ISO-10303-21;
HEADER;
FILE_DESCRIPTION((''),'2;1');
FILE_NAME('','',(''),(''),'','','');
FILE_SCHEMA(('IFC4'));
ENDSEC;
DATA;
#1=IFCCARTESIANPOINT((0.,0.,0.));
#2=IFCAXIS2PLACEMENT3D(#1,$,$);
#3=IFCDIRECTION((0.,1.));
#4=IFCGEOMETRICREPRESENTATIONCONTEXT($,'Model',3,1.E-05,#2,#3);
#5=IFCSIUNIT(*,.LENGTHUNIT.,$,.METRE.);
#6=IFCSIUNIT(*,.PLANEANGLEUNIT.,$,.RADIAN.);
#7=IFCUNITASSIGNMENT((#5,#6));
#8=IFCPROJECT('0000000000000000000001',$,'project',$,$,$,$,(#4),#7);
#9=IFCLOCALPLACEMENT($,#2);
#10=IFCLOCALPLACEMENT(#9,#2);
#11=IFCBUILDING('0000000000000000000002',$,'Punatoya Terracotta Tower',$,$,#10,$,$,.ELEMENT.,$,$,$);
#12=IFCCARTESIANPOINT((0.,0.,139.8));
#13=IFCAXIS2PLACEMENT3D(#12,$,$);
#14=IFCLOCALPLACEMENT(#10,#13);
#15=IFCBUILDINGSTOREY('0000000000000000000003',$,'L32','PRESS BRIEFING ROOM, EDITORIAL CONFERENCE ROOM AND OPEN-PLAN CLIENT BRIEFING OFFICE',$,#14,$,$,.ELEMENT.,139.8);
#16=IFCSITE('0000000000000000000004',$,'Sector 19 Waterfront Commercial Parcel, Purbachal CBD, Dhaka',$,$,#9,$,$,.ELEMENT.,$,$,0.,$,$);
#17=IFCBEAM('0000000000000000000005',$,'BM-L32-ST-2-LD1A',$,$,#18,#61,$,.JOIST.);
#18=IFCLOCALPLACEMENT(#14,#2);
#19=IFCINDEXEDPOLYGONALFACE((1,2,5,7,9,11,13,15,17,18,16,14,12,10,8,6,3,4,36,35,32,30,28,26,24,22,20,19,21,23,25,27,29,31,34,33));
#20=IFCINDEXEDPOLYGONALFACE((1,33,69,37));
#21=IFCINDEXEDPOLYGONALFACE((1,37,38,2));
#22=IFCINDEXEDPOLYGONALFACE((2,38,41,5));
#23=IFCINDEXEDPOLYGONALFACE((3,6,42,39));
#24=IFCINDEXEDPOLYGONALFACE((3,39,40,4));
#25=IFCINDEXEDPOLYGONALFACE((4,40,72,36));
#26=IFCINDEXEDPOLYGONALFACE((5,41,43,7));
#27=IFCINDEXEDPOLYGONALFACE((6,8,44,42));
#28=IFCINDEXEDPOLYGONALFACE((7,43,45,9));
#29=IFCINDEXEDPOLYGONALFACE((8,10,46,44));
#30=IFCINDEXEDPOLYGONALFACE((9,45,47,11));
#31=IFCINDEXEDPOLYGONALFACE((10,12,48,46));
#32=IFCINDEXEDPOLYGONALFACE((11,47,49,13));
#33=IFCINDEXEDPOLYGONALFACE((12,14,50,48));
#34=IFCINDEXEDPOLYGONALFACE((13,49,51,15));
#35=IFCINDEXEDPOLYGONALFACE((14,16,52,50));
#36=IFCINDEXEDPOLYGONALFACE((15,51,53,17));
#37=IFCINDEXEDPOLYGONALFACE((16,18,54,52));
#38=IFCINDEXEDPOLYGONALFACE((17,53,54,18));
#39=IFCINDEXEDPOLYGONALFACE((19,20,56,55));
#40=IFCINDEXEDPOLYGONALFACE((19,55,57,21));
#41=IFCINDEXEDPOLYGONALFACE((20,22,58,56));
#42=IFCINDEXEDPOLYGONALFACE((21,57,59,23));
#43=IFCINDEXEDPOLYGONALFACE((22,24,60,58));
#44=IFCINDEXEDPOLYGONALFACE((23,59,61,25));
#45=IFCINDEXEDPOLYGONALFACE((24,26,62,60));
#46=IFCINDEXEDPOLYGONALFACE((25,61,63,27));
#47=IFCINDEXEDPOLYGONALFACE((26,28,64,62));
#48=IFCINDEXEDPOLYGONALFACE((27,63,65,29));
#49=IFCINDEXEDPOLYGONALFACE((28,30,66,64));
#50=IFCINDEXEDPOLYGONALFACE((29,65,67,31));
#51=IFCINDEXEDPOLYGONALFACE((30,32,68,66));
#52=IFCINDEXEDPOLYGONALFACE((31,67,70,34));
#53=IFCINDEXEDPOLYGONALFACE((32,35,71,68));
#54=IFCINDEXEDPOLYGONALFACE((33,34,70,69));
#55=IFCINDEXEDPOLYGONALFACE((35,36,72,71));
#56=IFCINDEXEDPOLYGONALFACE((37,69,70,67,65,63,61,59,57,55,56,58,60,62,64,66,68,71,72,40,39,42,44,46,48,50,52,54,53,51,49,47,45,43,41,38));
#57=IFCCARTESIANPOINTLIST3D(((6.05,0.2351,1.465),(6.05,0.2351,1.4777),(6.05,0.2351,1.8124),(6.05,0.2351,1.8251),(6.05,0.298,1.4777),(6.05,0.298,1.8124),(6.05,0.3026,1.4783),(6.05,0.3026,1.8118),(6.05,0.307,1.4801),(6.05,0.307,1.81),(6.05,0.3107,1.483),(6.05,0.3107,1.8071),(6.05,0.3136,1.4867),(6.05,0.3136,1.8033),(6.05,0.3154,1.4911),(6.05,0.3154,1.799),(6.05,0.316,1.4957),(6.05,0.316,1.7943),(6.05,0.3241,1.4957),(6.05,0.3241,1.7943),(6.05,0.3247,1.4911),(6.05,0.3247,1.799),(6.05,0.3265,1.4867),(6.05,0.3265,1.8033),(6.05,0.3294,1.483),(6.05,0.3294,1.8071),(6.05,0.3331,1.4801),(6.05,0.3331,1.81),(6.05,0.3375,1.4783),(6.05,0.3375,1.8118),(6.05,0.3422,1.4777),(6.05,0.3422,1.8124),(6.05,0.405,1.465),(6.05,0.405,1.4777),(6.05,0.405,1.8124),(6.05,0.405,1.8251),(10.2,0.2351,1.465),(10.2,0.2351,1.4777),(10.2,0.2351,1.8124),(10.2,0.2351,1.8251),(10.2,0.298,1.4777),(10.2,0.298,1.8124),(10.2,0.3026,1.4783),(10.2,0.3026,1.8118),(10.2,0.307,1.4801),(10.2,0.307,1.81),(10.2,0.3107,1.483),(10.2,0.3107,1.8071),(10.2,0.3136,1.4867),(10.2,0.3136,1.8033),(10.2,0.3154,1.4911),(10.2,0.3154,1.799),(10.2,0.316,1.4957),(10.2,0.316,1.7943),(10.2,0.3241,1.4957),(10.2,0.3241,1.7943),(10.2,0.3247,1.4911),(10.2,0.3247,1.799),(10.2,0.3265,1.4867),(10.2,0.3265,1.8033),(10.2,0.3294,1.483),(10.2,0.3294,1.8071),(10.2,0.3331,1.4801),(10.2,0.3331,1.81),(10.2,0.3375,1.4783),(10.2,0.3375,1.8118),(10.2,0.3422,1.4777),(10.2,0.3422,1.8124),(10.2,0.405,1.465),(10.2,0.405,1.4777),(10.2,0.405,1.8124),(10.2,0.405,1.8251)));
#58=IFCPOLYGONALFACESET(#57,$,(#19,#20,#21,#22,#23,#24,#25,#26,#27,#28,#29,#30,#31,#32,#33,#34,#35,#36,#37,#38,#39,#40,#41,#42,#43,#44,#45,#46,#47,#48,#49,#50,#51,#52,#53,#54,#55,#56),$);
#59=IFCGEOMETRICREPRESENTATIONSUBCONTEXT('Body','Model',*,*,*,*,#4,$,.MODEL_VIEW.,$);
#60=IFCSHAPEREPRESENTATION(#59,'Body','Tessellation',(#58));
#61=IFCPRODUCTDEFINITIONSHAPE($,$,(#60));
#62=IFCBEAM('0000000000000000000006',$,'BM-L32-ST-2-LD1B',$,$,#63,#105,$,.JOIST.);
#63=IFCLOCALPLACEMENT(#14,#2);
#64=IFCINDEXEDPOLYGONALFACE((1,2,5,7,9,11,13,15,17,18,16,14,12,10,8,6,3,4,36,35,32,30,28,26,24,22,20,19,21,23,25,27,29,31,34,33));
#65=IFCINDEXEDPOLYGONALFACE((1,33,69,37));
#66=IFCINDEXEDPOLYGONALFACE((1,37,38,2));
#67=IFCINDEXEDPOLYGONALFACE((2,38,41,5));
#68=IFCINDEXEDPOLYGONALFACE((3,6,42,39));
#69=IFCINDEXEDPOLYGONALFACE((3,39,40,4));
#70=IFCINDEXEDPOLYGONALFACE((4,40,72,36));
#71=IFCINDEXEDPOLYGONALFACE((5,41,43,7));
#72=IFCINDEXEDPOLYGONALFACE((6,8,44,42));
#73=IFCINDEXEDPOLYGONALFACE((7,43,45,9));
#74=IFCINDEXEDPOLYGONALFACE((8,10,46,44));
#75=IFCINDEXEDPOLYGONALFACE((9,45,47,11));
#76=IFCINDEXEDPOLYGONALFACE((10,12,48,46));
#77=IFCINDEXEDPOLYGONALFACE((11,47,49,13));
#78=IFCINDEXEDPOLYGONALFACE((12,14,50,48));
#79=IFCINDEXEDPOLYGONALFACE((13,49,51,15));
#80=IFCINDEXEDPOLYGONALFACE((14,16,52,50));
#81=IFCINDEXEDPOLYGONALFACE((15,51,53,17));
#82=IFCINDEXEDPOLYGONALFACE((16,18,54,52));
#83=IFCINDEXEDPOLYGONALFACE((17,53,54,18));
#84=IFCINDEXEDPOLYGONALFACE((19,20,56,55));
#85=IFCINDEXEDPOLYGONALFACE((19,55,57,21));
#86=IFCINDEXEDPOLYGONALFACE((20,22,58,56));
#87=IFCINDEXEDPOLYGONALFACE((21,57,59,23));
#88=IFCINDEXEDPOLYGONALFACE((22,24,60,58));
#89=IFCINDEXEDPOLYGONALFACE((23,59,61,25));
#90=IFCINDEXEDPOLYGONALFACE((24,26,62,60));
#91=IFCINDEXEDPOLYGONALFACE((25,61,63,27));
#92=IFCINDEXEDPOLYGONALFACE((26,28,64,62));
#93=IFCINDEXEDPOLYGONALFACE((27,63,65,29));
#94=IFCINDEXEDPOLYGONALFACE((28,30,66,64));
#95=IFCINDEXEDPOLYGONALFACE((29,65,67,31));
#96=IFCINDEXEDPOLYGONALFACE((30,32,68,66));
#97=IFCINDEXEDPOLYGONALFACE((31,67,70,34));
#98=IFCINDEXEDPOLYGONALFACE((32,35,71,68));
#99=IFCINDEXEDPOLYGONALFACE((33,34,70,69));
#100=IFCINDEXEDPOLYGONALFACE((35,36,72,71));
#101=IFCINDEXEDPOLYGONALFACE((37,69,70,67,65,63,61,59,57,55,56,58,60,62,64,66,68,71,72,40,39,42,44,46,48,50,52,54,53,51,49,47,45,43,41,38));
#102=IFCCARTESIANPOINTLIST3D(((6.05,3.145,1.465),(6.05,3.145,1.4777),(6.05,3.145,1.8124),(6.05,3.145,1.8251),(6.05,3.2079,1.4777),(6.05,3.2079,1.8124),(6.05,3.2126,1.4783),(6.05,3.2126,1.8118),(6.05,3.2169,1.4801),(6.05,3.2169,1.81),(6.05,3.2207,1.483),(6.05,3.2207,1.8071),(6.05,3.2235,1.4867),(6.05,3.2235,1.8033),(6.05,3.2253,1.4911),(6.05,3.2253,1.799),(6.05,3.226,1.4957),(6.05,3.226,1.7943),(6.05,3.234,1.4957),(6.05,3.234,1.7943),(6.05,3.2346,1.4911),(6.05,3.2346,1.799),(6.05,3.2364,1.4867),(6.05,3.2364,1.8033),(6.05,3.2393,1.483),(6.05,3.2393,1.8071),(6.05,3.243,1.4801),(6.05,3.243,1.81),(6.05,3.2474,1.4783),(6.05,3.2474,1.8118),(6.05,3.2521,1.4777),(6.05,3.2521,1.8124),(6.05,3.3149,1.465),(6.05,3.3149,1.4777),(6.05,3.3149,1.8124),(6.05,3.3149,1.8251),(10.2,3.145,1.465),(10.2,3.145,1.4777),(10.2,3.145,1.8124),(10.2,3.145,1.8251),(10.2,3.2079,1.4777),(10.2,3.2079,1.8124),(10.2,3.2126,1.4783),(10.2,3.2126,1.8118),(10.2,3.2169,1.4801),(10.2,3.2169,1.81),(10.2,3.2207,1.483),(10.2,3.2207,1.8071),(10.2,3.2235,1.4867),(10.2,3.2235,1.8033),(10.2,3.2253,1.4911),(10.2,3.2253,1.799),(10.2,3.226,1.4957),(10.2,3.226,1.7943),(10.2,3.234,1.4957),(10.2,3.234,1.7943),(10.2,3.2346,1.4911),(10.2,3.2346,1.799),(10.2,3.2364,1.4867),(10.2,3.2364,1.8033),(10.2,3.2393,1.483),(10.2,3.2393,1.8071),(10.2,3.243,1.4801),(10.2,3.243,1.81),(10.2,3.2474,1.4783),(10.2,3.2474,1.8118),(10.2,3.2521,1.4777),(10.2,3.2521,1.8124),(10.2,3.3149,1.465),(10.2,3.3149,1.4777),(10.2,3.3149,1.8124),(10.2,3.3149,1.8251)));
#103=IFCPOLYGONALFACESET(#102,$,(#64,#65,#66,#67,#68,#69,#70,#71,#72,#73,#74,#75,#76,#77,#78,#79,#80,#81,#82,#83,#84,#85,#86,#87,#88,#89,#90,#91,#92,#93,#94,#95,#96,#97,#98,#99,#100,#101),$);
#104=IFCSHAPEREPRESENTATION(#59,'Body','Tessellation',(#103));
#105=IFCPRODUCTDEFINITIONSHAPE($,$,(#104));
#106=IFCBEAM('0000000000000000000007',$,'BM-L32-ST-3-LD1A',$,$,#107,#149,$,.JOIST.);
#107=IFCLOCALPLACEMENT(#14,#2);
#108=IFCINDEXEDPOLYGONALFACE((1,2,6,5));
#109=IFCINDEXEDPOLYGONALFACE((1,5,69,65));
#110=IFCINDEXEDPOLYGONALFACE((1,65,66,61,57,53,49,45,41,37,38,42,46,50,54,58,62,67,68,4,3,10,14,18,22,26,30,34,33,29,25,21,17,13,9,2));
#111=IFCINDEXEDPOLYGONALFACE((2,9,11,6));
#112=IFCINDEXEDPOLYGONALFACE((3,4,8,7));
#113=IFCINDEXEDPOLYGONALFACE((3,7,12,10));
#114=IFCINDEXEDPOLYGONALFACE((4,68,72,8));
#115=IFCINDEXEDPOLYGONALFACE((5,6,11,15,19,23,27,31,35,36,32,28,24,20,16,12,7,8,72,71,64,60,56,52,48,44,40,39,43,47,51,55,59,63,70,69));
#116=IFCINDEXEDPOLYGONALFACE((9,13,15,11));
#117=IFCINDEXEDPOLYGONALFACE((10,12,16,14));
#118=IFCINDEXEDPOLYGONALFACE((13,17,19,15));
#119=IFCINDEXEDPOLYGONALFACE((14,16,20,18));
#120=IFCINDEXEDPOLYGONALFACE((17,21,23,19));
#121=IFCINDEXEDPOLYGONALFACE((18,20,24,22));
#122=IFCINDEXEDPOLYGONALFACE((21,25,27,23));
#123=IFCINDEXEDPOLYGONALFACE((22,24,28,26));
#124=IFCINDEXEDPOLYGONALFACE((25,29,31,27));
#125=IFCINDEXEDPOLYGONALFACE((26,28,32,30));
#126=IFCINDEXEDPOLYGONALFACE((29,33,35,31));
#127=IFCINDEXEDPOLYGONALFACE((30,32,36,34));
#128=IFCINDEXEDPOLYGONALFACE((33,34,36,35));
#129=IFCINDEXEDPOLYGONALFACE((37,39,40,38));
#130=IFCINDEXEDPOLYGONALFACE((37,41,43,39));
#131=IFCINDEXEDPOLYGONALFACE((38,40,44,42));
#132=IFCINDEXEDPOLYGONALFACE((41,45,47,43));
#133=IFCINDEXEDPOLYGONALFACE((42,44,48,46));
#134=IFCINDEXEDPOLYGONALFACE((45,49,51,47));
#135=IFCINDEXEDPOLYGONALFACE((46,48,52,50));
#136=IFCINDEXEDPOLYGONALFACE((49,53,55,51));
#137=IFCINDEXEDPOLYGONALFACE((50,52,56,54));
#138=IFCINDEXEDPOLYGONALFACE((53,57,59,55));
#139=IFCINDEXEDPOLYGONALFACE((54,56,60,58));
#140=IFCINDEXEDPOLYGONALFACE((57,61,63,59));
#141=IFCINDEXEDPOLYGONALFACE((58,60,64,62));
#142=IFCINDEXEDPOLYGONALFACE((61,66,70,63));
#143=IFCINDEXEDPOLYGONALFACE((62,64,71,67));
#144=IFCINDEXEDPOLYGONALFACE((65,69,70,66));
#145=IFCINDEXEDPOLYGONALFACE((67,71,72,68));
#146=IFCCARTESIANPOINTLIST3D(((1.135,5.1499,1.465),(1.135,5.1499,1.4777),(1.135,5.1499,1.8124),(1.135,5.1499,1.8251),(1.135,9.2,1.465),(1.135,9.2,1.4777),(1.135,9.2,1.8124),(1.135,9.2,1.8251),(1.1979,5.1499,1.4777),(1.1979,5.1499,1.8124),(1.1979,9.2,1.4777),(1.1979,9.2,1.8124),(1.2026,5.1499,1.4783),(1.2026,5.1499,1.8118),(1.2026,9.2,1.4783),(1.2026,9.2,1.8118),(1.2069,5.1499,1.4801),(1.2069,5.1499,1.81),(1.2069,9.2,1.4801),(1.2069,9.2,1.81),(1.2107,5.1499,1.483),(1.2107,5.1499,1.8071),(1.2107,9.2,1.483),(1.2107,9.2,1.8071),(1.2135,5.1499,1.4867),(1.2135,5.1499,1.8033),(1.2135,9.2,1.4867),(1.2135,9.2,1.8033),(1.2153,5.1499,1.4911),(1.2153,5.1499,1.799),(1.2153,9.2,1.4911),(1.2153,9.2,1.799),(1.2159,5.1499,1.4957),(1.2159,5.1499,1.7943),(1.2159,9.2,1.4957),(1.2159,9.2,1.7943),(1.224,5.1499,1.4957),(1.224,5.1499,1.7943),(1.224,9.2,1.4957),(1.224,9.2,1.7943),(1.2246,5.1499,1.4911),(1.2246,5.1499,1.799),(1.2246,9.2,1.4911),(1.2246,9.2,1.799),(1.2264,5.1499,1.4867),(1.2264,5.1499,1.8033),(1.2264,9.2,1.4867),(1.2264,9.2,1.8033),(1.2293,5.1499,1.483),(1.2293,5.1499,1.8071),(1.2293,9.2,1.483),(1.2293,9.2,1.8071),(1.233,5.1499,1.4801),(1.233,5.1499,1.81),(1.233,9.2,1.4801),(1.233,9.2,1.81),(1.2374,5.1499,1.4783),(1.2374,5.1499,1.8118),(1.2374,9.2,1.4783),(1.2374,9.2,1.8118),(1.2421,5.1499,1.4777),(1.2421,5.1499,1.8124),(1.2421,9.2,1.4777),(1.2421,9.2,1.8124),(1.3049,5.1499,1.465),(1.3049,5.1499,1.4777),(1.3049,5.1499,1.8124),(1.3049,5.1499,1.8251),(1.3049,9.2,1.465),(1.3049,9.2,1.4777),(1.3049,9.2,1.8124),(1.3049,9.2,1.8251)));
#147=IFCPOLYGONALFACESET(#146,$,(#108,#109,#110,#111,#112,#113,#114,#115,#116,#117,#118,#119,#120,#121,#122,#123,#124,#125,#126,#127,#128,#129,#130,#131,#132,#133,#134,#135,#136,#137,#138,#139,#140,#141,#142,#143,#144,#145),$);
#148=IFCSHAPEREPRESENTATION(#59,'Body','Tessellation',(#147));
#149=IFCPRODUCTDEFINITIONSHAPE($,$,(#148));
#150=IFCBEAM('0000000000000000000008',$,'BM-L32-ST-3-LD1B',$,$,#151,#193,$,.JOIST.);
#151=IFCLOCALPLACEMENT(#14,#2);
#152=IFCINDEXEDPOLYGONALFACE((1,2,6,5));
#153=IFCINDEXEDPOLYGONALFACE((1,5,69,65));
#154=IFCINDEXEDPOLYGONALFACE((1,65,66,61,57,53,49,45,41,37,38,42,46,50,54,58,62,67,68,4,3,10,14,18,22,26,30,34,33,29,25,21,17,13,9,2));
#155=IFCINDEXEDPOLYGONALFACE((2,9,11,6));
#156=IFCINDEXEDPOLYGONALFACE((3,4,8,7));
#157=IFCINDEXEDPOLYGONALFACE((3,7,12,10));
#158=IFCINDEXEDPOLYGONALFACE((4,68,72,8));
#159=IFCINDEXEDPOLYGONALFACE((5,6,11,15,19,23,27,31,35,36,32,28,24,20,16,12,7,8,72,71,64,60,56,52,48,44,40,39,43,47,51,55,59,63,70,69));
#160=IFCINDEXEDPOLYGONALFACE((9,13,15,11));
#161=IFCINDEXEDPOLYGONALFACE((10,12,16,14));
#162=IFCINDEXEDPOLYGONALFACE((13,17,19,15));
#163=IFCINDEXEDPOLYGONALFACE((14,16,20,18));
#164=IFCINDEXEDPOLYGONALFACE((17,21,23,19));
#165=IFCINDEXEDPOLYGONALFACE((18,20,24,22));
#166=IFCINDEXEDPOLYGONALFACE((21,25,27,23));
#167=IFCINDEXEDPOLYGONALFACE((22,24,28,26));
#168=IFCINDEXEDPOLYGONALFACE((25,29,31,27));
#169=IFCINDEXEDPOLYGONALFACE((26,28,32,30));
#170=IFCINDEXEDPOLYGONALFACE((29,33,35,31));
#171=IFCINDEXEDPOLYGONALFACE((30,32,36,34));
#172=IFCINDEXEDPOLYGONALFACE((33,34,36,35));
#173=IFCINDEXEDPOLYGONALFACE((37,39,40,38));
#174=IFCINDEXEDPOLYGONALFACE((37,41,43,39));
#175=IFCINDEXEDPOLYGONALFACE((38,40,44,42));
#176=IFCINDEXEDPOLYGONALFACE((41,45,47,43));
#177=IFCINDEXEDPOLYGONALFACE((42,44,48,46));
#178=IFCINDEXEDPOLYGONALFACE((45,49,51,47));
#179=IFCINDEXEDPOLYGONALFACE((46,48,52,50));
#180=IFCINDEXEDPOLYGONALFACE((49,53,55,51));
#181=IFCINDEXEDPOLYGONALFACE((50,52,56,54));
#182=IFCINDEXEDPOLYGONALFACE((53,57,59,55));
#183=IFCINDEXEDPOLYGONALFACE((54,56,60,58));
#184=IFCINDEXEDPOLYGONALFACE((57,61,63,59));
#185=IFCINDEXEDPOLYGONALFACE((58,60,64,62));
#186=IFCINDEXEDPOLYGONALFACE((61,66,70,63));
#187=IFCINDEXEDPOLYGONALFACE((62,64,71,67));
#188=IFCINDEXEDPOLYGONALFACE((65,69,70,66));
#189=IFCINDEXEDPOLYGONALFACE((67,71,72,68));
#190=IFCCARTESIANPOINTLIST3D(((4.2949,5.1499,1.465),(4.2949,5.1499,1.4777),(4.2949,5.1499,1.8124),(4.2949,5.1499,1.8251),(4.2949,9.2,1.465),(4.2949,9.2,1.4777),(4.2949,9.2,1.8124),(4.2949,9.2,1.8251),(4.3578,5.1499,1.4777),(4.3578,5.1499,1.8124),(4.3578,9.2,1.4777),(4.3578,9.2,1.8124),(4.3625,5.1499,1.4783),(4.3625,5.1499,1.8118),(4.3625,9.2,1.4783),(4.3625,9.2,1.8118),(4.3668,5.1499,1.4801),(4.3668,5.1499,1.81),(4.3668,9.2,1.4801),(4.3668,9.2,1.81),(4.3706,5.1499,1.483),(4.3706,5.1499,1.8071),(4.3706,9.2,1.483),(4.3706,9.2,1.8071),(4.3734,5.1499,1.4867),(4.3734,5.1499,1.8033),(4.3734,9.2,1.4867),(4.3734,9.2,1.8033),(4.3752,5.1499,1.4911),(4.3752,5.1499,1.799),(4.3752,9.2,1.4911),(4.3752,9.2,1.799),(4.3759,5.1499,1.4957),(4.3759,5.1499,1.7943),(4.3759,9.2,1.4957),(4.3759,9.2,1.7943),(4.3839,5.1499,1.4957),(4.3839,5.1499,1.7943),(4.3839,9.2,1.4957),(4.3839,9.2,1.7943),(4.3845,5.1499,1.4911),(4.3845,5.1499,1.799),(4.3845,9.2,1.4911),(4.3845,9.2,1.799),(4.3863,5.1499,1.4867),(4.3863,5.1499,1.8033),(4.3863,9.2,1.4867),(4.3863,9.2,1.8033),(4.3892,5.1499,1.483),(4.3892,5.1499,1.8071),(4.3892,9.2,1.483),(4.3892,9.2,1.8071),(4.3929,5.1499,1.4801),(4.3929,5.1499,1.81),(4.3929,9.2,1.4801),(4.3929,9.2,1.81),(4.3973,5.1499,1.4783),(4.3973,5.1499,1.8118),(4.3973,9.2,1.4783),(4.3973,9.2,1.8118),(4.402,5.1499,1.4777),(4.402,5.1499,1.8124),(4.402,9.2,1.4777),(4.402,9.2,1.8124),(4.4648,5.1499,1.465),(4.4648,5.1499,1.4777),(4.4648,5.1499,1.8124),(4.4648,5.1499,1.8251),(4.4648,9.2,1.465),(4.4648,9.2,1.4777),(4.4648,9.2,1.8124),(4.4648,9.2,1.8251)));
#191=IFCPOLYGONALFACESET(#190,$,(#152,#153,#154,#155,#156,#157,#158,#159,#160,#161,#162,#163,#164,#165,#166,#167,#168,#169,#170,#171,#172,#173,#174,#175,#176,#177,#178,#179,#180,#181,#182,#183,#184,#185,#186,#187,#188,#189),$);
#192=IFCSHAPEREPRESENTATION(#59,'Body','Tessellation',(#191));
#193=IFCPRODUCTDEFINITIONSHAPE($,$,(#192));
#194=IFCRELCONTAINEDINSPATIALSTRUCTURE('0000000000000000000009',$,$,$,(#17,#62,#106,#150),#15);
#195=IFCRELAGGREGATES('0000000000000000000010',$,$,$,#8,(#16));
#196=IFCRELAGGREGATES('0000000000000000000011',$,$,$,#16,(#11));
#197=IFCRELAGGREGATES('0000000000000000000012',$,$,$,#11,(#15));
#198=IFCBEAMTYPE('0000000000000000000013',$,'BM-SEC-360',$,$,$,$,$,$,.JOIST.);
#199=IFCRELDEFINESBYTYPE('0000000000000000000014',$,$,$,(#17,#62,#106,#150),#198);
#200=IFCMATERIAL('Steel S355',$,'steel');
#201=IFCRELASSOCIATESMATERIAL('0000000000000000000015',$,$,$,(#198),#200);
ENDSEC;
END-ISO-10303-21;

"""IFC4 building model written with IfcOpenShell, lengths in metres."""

from ifc_helpers import new_model, si_unit, direction, frame, origin, origin_2d, place, context, subcontext, project, spatial, i_section, extrude, material, material_profile, profile_set, type_object, element, save


model = new_model("IFC4")

# Units and contexts
model_context = context("Model", 3, precision=1e-05, world=origin(), true_north=direction((0.0, 1.0)))
body_context = subcontext(model_context, "Body", "Model", "MODEL_VIEW")
ifc_project = project(units=[si_unit("LENGTHUNIT", "METRE"), si_unit("PLANEANGLEUNIT", "RADIAN")], contexts=[model_context])

# Site, building, storey
site_placement = place(None, origin())
site = spatial("IfcSite", under=ifc_project, at=site_placement, Name="Sector 19 Waterfront Commercial Parcel, Purbachal CBD, Dhaka", CompositionType="ELEMENT", RefElevation=0.0)
building_placement = place(site_placement, origin())
building = spatial("IfcBuilding", under=site, at=building_placement, Name="Punatoya Terracotta Tower", CompositionType="ELEMENT")
storey_placement = place(building_placement, frame((0.0, 0.0, 139.8)))
storey = spatial("IfcBuildingStorey", under=building, at=storey_placement, Name="L32", Description="PRESS BRIEFING ROOM, EDITORIAL CONFERENCE ROOM AND OPEN-PLAN CLIENT BRIEFING OFFICE", CompositionType="ELEMENT", Elevation=139.8)

# Beams
ifc_material_1 = material(Name="Steel S355", Category="steel")
ifc_material_profile_1 = material_profile(ifc_material_1, i_section(OverallWidth=0.1699, OverallDepth=0.3601, WebThickness=0.0081, FlangeThickness=0.0127, FilletRadius=0.0181, at=origin_2d()))
ifc_profile_set_1 = profile_set([ifc_material_profile_1], Name="Steel S355")
beam_type_1 = type_object("IfcBeamType", Name="BM-SEC-360", PredefinedType="JOIST", material=ifc_profile_set_1)
for number, where, z_axis, x_axis, name in (
    (1, (6.05, 0.3201, 1.645), (1.0, 0.0, 0.0), (0.0, 1.0, 0.0), "BM-L32-ST-2-LD1A"),
    (2, (6.05, 3.23, 1.645), (1.0, 0.0, 0.0), (0.0, 1.0, 0.0), "BM-L32-ST-2-LD1B"),
):
    element("IfcBeam", number, at=place(storey_placement, frame(where, z_axis=z_axis, x_axis=x_axis)), inside=storey, type_object=beam_type_1, Name=name, PredefinedType="JOIST", context=body_context, shape_type="SweptSolid", body=[
        extrude(i_section(OverallWidth=0.1699, OverallDepth=0.3601, WebThickness=0.0081, FlangeThickness=0.0127, FilletRadius=0.0181, at=origin_2d()), origin(), (0.0, 0.0, 1.0), 4.1499),
    ])
for number, where, z_axis, x_axis, name in (
    (3, (1.22, 5.1499, 1.645), (0.0, 1.0, 0.0), (-1.0, 0.0, 0.0), "BM-L32-ST-3-LD1A"),
    (4, (4.3799, 5.1499, 1.645), (0.0, 1.0, 0.0), (-1.0, 0.0, 0.0), "BM-L32-ST-3-LD1B"),
):
    element("IfcBeam", number, at=place(storey_placement, frame(where, z_axis=z_axis, x_axis=x_axis)), inside=storey, type_object=beam_type_1, Name=name, PredefinedType="JOIST", context=body_context, shape_type="SweptSolid", body=[
        extrude(i_section(OverallWidth=0.1699, OverallDepth=0.3601, WebThickness=0.0081, FlangeThickness=0.0127, FilletRadius=0.0181, at=origin_2d()), origin(), (0.0, 0.0, 1.0), 4.05),
    ])

save(model, "model.ifc")
